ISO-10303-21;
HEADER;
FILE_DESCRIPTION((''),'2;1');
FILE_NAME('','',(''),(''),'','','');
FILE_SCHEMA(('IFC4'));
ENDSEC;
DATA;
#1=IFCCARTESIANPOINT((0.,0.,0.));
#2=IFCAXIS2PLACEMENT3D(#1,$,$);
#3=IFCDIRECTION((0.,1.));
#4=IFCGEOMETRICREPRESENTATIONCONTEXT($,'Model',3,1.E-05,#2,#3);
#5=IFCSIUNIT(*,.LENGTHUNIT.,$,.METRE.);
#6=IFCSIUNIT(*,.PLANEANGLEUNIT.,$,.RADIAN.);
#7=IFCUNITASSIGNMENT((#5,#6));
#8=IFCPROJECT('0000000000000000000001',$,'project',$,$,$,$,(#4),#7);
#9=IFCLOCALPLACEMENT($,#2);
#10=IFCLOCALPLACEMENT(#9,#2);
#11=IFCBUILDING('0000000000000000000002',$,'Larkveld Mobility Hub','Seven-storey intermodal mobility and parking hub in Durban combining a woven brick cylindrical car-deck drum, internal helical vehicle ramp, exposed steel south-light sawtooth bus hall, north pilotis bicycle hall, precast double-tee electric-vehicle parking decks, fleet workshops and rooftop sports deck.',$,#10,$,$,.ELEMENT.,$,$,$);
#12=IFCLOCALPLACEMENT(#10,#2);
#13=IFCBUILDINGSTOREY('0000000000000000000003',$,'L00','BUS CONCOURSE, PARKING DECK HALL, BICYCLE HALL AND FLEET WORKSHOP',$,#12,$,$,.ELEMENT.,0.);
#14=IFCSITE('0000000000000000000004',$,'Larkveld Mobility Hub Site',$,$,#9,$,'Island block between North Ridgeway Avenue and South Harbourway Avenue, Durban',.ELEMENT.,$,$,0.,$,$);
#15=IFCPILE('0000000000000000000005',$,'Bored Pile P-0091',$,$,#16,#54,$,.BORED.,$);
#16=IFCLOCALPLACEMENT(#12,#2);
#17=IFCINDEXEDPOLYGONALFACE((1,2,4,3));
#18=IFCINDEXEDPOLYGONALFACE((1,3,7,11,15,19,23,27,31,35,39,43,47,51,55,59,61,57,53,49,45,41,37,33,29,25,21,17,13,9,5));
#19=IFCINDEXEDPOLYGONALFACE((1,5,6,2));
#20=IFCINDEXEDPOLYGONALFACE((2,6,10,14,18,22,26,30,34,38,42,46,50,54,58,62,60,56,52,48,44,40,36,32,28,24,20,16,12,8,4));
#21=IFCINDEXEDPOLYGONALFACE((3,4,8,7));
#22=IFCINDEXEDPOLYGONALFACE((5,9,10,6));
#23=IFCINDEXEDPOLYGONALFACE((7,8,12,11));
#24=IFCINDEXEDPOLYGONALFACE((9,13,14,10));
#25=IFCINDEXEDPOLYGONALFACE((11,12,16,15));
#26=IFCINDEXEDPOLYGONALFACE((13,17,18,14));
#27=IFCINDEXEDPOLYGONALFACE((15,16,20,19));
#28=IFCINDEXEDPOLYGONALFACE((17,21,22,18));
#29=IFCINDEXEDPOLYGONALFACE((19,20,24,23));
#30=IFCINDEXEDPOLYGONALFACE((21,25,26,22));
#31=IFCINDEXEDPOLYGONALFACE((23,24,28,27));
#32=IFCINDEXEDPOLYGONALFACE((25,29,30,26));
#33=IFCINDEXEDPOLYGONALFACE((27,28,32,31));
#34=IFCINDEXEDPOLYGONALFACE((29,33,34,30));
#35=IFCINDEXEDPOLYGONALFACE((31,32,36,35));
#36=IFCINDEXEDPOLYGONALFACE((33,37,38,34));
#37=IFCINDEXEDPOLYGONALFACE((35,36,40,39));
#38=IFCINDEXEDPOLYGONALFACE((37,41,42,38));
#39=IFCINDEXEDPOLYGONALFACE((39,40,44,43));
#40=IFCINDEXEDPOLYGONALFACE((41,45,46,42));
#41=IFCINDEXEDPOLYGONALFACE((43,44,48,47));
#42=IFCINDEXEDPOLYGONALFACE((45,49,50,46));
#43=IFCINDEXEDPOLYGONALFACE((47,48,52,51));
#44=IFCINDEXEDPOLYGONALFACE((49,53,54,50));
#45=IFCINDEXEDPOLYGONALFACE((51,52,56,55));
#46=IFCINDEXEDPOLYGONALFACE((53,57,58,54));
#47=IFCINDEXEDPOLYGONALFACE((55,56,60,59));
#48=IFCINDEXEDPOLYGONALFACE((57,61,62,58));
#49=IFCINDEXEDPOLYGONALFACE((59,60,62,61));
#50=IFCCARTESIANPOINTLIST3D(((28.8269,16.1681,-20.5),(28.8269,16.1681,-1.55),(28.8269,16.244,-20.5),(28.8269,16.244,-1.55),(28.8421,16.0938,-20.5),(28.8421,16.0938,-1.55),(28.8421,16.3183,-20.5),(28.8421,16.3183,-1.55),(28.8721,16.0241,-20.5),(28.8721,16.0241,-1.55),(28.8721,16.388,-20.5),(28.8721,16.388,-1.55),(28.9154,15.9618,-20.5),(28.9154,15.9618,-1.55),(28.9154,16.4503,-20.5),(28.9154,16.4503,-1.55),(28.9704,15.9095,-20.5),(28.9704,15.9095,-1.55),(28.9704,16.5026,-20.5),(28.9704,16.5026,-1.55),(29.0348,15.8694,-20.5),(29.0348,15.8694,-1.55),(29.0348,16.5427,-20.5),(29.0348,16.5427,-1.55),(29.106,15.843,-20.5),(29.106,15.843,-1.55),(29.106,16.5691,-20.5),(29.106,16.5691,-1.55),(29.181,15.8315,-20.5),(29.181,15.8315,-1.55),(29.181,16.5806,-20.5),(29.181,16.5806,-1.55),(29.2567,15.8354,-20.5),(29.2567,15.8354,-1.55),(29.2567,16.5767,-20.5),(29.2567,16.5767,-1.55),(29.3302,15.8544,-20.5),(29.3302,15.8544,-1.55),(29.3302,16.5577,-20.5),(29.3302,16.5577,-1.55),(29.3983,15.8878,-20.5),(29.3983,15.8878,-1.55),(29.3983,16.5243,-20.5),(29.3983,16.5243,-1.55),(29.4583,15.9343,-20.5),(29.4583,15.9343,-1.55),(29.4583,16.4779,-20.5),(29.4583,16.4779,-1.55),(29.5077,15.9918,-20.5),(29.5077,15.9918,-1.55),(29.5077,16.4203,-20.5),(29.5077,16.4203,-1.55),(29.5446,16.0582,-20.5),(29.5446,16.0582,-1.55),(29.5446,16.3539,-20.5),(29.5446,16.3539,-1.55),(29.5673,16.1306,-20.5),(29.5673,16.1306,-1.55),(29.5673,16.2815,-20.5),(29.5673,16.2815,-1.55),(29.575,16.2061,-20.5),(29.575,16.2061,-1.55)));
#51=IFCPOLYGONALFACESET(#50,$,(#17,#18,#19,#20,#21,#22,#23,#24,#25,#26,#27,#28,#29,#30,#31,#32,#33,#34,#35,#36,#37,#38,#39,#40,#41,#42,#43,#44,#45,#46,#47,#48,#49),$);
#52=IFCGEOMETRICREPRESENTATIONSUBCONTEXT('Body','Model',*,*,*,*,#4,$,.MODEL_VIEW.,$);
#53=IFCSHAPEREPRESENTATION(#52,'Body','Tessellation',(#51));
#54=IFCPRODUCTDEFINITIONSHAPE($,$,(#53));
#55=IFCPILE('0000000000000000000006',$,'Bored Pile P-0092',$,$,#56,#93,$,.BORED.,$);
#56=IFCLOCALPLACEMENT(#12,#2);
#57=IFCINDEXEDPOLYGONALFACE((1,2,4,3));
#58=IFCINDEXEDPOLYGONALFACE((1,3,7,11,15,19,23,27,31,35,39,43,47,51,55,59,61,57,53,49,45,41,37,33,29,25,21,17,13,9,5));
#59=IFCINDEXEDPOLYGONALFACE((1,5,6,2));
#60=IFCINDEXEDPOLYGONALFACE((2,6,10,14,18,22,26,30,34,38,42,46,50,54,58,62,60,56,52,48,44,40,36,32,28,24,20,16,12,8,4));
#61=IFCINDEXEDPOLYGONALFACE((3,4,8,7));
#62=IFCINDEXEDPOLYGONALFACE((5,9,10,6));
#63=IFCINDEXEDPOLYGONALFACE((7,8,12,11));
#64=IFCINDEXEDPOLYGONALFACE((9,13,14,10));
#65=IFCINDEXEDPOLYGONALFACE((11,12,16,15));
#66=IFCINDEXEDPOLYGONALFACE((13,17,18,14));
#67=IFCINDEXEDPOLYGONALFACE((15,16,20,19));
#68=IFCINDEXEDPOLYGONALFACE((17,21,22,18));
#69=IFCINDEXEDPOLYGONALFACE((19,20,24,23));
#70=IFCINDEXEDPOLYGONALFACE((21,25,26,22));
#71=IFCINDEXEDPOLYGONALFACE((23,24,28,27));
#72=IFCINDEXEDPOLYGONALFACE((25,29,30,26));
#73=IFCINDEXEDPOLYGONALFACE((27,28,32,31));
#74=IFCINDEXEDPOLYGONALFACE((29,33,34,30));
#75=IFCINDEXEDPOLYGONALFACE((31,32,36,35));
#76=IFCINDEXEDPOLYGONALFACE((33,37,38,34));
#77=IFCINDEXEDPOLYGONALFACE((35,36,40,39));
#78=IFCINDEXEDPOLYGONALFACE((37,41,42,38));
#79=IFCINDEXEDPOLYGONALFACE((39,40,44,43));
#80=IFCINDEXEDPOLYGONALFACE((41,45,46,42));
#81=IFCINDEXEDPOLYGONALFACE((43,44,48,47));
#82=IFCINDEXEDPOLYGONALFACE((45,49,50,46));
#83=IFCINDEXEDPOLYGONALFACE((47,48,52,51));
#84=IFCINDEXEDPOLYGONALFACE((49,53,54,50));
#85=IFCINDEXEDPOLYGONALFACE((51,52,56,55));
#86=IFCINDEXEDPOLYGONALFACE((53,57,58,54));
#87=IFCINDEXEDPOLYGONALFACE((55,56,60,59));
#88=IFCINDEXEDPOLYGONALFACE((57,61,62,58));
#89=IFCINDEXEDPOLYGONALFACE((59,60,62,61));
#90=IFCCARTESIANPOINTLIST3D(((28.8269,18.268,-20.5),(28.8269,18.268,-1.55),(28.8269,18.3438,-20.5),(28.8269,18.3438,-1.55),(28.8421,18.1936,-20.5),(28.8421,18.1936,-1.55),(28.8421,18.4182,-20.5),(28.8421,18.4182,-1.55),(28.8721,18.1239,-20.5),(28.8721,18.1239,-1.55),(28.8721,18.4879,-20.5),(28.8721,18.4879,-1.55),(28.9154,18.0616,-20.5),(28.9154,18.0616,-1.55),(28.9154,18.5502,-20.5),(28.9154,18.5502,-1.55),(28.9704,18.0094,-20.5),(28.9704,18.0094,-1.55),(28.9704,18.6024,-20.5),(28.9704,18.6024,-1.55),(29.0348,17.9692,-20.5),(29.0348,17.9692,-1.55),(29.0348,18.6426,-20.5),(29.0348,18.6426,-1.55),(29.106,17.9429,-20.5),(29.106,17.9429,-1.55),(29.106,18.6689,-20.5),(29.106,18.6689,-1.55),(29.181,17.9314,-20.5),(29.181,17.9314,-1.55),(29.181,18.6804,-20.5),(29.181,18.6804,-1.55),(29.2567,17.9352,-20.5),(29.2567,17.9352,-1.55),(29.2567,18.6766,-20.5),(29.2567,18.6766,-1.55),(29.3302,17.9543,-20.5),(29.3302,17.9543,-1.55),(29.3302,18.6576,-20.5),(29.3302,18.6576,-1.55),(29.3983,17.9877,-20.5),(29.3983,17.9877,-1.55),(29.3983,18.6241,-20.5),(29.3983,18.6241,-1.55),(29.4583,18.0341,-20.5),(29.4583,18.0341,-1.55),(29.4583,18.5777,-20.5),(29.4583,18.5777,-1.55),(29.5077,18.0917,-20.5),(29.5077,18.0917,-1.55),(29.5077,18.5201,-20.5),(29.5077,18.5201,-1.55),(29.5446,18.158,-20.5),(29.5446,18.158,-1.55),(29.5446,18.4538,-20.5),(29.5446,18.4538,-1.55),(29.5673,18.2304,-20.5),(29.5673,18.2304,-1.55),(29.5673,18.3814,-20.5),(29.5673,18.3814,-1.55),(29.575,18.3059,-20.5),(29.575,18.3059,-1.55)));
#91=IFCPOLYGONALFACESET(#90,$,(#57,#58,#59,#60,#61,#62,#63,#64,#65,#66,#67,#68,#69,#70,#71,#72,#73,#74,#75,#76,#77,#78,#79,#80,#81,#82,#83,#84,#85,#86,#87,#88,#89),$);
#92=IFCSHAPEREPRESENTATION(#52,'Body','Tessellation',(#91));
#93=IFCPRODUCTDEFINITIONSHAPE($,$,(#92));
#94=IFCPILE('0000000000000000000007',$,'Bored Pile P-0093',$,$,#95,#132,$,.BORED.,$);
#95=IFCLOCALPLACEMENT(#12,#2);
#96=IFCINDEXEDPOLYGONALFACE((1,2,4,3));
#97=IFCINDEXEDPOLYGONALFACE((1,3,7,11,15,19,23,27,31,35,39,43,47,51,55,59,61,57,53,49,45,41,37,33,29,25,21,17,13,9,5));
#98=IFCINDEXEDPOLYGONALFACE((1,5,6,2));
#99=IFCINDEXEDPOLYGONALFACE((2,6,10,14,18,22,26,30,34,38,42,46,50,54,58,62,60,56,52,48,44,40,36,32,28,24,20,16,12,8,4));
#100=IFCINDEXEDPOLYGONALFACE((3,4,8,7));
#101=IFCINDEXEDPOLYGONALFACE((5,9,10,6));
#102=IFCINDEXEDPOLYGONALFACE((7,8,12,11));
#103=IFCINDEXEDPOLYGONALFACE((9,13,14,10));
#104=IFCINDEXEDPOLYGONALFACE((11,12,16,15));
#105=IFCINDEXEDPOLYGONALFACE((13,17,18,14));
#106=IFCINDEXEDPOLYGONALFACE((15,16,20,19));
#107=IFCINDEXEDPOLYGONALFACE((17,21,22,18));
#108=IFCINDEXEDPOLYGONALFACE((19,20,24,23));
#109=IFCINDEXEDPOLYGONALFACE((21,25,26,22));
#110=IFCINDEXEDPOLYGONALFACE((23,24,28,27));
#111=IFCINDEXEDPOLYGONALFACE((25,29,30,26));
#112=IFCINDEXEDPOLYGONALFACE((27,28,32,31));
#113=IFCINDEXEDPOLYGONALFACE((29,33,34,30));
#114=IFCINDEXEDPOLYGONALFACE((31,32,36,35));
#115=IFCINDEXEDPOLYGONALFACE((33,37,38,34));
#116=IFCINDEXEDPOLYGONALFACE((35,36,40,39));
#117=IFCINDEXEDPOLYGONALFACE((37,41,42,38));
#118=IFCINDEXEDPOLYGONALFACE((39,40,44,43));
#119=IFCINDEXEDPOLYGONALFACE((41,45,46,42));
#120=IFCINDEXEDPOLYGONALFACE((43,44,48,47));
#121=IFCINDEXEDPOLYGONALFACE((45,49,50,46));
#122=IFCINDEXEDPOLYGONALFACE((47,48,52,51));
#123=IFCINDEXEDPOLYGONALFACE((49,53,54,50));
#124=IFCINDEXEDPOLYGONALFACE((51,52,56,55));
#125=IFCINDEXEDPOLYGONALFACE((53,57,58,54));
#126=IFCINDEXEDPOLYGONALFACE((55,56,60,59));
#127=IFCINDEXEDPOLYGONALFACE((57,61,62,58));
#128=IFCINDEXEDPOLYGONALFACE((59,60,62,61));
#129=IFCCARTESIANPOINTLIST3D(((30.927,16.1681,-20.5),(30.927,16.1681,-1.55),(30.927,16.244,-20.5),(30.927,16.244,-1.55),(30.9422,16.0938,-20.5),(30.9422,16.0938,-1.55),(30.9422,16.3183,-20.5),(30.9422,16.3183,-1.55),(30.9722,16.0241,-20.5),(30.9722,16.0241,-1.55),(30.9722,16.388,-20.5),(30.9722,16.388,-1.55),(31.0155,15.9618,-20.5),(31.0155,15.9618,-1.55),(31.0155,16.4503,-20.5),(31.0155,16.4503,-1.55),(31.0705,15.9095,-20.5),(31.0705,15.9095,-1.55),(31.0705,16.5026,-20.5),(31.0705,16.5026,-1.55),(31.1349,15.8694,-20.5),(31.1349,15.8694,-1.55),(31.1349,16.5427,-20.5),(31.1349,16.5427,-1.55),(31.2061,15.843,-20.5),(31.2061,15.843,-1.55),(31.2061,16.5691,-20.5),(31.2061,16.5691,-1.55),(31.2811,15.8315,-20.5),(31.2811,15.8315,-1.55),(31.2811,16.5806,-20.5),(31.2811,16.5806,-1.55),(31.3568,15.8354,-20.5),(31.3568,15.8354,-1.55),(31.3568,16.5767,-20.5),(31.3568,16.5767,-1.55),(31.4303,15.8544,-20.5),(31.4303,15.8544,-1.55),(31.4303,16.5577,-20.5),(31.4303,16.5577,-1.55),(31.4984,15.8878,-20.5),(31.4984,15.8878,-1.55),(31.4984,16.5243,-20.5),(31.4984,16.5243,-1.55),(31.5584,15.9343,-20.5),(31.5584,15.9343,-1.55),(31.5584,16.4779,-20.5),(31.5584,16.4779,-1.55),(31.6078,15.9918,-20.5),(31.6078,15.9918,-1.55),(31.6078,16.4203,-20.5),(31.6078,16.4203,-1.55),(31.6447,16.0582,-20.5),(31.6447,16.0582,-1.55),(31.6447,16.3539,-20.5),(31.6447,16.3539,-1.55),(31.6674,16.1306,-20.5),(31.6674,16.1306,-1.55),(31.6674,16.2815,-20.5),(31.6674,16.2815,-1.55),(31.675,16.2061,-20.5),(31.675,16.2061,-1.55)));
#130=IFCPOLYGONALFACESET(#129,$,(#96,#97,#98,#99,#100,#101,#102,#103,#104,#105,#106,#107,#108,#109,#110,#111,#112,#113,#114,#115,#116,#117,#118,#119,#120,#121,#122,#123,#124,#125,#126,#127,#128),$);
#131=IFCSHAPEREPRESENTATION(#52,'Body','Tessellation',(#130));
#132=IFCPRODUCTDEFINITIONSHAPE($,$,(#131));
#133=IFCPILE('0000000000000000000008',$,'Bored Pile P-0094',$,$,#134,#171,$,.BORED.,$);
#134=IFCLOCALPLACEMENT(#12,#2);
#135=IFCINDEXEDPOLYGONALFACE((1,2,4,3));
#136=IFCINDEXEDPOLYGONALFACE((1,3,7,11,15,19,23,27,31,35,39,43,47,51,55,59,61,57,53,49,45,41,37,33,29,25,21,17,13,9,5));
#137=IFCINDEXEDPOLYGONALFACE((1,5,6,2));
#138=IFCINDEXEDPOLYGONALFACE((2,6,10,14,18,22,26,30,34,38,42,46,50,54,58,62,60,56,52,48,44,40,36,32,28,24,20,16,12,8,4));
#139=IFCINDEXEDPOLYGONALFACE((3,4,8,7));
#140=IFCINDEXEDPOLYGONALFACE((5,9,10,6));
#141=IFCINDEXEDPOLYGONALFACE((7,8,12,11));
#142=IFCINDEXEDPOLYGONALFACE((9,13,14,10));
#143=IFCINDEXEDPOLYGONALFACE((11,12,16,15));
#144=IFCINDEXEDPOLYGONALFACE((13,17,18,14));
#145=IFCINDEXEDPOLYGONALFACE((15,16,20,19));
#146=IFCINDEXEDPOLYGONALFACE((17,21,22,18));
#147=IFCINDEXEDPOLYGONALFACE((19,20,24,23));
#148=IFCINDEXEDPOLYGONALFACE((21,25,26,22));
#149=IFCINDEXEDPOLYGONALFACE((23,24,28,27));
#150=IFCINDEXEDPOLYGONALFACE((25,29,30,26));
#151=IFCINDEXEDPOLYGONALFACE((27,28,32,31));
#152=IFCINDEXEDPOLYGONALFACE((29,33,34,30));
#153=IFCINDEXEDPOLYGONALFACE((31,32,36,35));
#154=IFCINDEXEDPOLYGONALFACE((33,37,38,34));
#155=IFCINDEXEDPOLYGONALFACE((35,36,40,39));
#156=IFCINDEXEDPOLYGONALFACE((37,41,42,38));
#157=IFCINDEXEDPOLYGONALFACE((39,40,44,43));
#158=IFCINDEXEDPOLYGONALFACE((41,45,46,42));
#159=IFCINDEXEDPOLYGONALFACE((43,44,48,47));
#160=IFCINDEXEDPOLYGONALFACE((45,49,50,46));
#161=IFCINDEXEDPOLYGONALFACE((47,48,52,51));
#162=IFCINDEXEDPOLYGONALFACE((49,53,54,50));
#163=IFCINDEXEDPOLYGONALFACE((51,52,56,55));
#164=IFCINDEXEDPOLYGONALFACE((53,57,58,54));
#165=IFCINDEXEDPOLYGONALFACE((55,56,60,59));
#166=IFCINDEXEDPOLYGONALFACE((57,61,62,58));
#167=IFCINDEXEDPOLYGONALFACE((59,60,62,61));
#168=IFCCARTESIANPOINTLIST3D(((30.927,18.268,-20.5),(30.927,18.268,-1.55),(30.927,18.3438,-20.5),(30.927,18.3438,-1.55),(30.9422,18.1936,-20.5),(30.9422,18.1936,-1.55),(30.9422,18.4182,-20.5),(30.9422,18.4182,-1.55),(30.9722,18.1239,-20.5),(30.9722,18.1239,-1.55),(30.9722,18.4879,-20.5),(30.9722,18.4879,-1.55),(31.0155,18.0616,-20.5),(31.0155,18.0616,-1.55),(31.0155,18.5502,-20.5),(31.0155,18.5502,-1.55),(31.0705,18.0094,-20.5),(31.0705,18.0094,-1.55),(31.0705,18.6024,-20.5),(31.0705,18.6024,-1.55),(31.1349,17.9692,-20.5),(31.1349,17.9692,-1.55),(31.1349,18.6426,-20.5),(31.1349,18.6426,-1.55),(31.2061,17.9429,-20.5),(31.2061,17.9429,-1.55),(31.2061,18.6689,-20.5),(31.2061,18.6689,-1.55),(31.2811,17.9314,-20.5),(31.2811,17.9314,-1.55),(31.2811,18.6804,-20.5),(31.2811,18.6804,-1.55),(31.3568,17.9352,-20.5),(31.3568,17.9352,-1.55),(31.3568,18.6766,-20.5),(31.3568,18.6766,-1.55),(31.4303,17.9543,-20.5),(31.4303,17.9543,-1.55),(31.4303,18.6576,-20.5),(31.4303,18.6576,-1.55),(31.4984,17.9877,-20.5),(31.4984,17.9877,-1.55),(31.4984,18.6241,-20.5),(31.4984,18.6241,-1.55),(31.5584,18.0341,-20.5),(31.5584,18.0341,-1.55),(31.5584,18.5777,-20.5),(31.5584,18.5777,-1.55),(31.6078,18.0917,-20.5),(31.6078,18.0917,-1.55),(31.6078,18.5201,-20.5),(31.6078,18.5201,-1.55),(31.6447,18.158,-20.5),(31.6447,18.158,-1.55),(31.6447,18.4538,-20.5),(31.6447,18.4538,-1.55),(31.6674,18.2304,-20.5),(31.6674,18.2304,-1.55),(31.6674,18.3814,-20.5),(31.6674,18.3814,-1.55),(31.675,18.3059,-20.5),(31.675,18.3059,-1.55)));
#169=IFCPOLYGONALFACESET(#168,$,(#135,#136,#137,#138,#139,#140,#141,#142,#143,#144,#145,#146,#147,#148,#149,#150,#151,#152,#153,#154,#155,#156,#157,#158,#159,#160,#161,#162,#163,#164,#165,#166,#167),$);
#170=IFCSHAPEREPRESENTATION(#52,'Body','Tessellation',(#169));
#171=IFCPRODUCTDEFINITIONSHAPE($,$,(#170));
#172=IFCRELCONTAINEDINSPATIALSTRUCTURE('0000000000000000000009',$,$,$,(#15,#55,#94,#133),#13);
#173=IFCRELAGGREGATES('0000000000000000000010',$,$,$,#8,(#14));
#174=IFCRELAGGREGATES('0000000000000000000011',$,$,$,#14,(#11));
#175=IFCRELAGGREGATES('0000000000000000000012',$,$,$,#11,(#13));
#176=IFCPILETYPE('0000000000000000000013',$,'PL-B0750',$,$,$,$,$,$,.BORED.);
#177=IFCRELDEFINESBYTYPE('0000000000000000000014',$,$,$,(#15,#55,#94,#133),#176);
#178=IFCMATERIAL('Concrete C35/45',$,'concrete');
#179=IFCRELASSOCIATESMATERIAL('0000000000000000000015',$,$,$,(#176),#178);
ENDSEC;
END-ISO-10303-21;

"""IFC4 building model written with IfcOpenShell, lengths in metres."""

from ifc_helpers import new_model, si_unit, direction, frame, origin, origin_2d, place, context, subcontext, project, spatial, circle, extrude, material, material_profile, profile_set, type_object, element, save


model = new_model("IFC4")

# Units and contexts
model_context = context("Model", 3, precision=1e-05, world=origin(), true_north=direction((0.0, 1.0)))
body_context = subcontext(model_context, "Body", "Model", "MODEL_VIEW")
ifc_project = project(units=[si_unit("LENGTHUNIT", "METRE"), si_unit("PLANEANGLEUNIT", "RADIAN")], contexts=[model_context])

# Site, building, storey
site_placement = place(None, origin())
site = spatial("IfcSite", under=ifc_project, at=site_placement, Name="Larkveld Mobility Hub Site", LongName="Island block between North Ridgeway Avenue and South Harbourway Avenue, Durban", CompositionType="ELEMENT", RefElevation=0.0)
building_placement = place(site_placement, origin())
building = spatial("IfcBuilding", under=site, at=building_placement, Name="Larkveld Mobility Hub", Description="Seven-storey intermodal mobility and parking hub in Durban combining a woven brick cylindrical car-deck drum, internal helical vehicle ramp, exposed steel south-light sawtooth bus hall, north pilotis bicycle hall, precast double-tee electric-vehicle parking decks, fleet workshops and rooftop sports deck.", CompositionType="ELEMENT")
storey_placement = place(building_placement, origin())
storey = spatial("IfcBuildingStorey", under=building, at=storey_placement, Name="L00", Description="BUS CONCOURSE, PARKING DECK HALL, BICYCLE HALL AND FLEET WORKSHOP", CompositionType="ELEMENT", Elevation=0.0)

# Shared definitions
ifc_material_1 = material(Name="Concrete C35/45", Category="concrete")

# Piles
ifc_material_profile_1 = material_profile(ifc_material_1, circle(Radius=0.375, at=origin_2d()), Name="PILE D750")
ifc_profile_set_1 = profile_set([ifc_material_profile_1], Name="Concrete C35/45")
pile_type_1 = type_object("IfcPileType", Name="PL-B0750", PredefinedType="BORED", material=ifc_profile_set_1)
for number, where, z_axis, x_axis, name in (
    (1, (29.2, 16.2061, -1.55), (0.0, 0.0, -1.0), (1.0, 0.0, 0.0), "Bored Pile P-0091"),
    (2, (29.2, 18.3059, -1.55), (0.0, 0.0, -1.0), (1.0, 0.0, 0.0), "Bored Pile P-0092"),
    (3, (31.3, 16.2061, -1.55), (0.0, 0.0, -1.0), (1.0, 0.0, 0.0), "Bored Pile P-0093"),
    (4, (31.3, 18.3059, -1.55), (0.0, 0.0, -1.0), (1.0, 0.0, 0.0), "Bored Pile P-0094"),
):
    element("IfcPile", number, at=place(storey_placement, frame(where, z_axis=z_axis, x_axis=x_axis)), inside=storey, type_object=pile_type_1, Name=name, PredefinedType="BORED", context=body_context, shape_type="SweptSolid", body=[
        extrude(circle(Radius=0.375, at=origin_2d()), origin(), (0.0, 0.0, 1.0), 18.95),
    ])

save(model, "model.ifc")
